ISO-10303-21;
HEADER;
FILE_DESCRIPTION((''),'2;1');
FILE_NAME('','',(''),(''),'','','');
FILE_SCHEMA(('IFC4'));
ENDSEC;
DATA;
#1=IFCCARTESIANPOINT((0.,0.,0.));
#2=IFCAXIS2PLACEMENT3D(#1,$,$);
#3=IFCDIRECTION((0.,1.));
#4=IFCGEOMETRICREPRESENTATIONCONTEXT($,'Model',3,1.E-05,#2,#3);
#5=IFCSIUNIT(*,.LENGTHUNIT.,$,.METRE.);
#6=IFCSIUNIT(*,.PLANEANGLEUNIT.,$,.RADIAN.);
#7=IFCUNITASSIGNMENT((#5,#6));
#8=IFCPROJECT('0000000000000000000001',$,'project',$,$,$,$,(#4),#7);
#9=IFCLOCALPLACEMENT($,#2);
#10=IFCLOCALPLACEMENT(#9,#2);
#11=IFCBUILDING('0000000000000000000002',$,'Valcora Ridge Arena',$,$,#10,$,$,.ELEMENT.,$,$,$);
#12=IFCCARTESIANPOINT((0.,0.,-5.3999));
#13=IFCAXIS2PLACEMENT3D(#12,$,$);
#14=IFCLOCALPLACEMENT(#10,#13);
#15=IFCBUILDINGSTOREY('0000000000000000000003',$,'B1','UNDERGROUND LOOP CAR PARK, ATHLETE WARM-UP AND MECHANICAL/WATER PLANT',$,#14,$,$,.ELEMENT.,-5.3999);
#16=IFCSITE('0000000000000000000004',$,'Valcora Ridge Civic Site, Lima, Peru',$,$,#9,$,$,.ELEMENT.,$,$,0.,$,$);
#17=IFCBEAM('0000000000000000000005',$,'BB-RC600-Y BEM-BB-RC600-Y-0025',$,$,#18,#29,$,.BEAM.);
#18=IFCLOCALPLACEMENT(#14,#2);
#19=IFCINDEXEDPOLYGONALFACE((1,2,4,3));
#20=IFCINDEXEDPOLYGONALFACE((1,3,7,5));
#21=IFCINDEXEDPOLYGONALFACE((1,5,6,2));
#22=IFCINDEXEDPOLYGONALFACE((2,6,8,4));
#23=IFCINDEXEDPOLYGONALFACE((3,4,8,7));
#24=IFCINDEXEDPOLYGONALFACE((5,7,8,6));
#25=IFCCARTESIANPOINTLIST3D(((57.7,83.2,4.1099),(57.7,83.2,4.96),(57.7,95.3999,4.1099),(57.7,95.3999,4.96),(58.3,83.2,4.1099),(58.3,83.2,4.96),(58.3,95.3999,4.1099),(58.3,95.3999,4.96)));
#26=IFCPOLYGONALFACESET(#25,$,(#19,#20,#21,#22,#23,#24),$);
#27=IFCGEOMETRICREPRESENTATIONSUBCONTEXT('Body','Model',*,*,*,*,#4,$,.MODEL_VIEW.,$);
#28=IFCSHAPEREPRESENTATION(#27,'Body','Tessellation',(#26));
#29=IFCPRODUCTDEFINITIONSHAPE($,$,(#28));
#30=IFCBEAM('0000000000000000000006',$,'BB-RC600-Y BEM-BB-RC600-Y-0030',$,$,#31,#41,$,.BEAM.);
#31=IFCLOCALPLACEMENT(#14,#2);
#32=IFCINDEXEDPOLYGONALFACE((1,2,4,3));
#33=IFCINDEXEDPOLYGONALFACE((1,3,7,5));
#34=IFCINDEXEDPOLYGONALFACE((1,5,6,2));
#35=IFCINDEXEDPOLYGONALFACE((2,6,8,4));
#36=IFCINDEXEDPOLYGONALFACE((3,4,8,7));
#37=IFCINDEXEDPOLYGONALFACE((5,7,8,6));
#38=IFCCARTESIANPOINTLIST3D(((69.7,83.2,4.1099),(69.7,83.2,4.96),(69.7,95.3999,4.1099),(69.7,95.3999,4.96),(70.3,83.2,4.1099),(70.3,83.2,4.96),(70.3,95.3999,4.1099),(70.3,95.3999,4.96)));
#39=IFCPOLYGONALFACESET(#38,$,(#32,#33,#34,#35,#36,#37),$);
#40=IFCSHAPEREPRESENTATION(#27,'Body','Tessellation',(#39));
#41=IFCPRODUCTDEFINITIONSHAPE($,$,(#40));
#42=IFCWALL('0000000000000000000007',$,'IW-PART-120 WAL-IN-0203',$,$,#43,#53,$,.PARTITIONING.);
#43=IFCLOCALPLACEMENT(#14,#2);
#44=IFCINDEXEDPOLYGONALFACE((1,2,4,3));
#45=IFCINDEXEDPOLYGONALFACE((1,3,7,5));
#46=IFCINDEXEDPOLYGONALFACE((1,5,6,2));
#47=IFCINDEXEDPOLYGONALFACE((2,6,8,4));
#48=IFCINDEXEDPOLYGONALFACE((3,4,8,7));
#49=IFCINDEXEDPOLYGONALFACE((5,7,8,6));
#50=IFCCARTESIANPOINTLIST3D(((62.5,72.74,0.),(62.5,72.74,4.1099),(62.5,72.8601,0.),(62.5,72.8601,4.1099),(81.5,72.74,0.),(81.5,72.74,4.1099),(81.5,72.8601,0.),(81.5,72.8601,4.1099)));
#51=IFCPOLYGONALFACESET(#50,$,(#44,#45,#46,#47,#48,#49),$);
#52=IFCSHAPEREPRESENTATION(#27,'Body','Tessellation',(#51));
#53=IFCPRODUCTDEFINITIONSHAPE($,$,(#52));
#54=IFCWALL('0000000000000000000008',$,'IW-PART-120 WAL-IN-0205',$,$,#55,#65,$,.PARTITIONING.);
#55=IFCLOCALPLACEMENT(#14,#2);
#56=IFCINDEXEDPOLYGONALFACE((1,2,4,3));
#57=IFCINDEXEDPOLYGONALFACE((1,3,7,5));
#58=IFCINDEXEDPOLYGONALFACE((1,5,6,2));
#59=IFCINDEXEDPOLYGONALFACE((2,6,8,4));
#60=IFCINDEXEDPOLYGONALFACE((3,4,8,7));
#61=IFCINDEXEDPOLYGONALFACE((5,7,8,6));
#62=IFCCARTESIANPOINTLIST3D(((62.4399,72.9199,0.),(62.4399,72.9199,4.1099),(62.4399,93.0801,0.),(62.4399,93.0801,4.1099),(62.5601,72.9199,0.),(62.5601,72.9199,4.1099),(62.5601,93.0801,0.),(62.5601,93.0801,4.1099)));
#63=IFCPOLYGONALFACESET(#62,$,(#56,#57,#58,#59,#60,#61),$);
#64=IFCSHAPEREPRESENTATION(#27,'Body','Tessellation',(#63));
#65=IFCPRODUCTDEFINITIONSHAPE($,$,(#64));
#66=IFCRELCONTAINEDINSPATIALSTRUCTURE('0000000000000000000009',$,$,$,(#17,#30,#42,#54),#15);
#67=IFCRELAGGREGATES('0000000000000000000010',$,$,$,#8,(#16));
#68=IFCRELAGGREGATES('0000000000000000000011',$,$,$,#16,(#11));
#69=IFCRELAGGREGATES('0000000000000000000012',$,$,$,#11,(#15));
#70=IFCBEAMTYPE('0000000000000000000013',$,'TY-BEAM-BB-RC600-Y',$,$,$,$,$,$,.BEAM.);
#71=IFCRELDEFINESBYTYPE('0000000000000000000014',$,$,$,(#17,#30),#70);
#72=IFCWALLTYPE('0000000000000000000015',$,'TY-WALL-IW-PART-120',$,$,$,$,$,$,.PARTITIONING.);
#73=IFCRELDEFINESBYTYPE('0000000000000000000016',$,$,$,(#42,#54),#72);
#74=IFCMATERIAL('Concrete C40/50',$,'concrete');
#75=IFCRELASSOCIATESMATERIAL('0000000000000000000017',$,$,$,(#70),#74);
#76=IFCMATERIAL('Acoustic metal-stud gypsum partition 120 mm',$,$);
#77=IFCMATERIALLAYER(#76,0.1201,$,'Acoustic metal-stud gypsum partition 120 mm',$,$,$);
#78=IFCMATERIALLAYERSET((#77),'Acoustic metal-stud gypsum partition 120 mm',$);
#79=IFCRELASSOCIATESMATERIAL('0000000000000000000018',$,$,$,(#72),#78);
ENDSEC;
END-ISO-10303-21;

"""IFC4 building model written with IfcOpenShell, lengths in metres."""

from ifc_helpers import new_model, si_unit, direction, frame, frame_2d, origin, origin_2d, place, context, subcontext, project, spatial, rectangle, extrude, material, layer, layer_set, material_profile, profile_set, type_object, element, save


model = new_model("IFC4")

# Units and contexts
model_context = context("Model", 3, precision=1e-05, world=origin(), true_north=direction((0.0, 1.0)))
body_context = subcontext(model_context, "Body", "Model", "MODEL_VIEW")
ifc_project = project(units=[si_unit("LENGTHUNIT", "METRE"), si_unit("PLANEANGLEUNIT", "RADIAN")], contexts=[model_context])

# Site, building, storey
site_placement = place(None, origin())
site = spatial("IfcSite", under=ifc_project, at=site_placement, Name="Valcora Ridge Civic Site, Lima, Peru", CompositionType="ELEMENT", RefElevation=0.0)
building_placement = place(site_placement, origin())
building = spatial("IfcBuilding", under=site, at=building_placement, Name="Valcora Ridge Arena", CompositionType="ELEMENT")
storey_placement = place(building_placement, frame((0.0, 0.0, -5.3999)))
storey = spatial("IfcBuildingStorey", under=building, at=storey_placement, Name="B1", Description="UNDERGROUND LOOP CAR PARK, ATHLETE WARM-UP AND MECHANICAL/WATER PLANT", CompositionType="ELEMENT", Elevation=-5.3999)

# Shared definitions
ifc_material_1 = material(Name="Concrete C40/50", Category="concrete")

# Beams
ifc_material_profile_1 = material_profile(ifc_material_1, rectangle(XDim=0.6001, YDim=0.8501, at=origin_2d()), Name="RC 600x850")
ifc_profile_set_1 = profile_set([ifc_material_profile_1], Name="Concrete C40/50")
beam_type_1 = type_object("IfcBeamType", Name="TY-BEAM-BB-RC600-Y", PredefinedType="BEAM", material=ifc_profile_set_1)
for number, where, z_axis, x_axis, name in (
    (1, (58.0, 83.2, 4.5349), (0.0, 1.0, 0.0), (-1.0, 0.0, 0.0), "BB-RC600-Y BEM-BB-RC600-Y-0025"),
    (2, (70.0, 83.2, 4.5349), (0.0, 1.0, 0.0), (-1.0, 0.0, 0.0), "BB-RC600-Y BEM-BB-RC600-Y-0030"),
):
    element("IfcBeam", number, at=place(storey_placement, frame(where, z_axis=z_axis, x_axis=x_axis)), inside=storey, type_object=beam_type_1, Name=name, PredefinedType="BEAM", context=body_context, shape_type="SweptSolid", body=[
        extrude(rectangle(XDim=0.6001, YDim=0.8501, at=origin_2d()), origin(), (0.0, 0.0, 1.0), 12.2),
    ])

# Walls
ifc_material_2 = material(Name="Acoustic metal-stud gypsum partition 120 mm")
ifc_layer_1 = layer(ifc_material_2, 0.1201, Name="Acoustic metal-stud gypsum partition 120 mm")
ifc_layer_set_1 = layer_set([ifc_layer_1], Name="Acoustic metal-stud gypsum partition 120 mm")
wall_type = type_object("IfcWallType", Name="TY-WALL-IW-PART-120", PredefinedType="PARTITIONING", material=ifc_layer_set_1)
wall_1_placement = place(storey_placement, frame((62.5, 72.8, 0.0), z_axis=(0.0, 0.0, 1.0), x_axis=(1.0, 0.0, 0.0)))
element("IfcWall", 3, at=wall_1_placement, inside=storey, type_object=wall_type, Name="IW-PART-120 WAL-IN-0203", PredefinedType="PARTITIONING", context=body_context, shape_type="SweptSolid", body=[
    extrude(rectangle(XDim=19.0, YDim=0.1201, at=frame_2d((9.5, 0.0))), origin(), (0.0, 0.0, 1.0), 4.1099),
])
wall_2_placement = place(storey_placement, frame((62.5, 72.9199, 0.0), z_axis=(0.0, 0.0, 1.0), x_axis=(0.0, 1.0, 0.0)))
element("IfcWall", 4, at=wall_2_placement, inside=storey, type_object=wall_type, Name="IW-PART-120 WAL-IN-0205", PredefinedType="PARTITIONING", context=body_context, shape_type="SweptSolid", body=[
    extrude(rectangle(XDim=20.1602, YDim=0.1201, at=frame_2d((10.0801, 0.0))), origin(), (0.0, 0.0, 1.0), 4.1099),
])

save(model, "model.ifc")
